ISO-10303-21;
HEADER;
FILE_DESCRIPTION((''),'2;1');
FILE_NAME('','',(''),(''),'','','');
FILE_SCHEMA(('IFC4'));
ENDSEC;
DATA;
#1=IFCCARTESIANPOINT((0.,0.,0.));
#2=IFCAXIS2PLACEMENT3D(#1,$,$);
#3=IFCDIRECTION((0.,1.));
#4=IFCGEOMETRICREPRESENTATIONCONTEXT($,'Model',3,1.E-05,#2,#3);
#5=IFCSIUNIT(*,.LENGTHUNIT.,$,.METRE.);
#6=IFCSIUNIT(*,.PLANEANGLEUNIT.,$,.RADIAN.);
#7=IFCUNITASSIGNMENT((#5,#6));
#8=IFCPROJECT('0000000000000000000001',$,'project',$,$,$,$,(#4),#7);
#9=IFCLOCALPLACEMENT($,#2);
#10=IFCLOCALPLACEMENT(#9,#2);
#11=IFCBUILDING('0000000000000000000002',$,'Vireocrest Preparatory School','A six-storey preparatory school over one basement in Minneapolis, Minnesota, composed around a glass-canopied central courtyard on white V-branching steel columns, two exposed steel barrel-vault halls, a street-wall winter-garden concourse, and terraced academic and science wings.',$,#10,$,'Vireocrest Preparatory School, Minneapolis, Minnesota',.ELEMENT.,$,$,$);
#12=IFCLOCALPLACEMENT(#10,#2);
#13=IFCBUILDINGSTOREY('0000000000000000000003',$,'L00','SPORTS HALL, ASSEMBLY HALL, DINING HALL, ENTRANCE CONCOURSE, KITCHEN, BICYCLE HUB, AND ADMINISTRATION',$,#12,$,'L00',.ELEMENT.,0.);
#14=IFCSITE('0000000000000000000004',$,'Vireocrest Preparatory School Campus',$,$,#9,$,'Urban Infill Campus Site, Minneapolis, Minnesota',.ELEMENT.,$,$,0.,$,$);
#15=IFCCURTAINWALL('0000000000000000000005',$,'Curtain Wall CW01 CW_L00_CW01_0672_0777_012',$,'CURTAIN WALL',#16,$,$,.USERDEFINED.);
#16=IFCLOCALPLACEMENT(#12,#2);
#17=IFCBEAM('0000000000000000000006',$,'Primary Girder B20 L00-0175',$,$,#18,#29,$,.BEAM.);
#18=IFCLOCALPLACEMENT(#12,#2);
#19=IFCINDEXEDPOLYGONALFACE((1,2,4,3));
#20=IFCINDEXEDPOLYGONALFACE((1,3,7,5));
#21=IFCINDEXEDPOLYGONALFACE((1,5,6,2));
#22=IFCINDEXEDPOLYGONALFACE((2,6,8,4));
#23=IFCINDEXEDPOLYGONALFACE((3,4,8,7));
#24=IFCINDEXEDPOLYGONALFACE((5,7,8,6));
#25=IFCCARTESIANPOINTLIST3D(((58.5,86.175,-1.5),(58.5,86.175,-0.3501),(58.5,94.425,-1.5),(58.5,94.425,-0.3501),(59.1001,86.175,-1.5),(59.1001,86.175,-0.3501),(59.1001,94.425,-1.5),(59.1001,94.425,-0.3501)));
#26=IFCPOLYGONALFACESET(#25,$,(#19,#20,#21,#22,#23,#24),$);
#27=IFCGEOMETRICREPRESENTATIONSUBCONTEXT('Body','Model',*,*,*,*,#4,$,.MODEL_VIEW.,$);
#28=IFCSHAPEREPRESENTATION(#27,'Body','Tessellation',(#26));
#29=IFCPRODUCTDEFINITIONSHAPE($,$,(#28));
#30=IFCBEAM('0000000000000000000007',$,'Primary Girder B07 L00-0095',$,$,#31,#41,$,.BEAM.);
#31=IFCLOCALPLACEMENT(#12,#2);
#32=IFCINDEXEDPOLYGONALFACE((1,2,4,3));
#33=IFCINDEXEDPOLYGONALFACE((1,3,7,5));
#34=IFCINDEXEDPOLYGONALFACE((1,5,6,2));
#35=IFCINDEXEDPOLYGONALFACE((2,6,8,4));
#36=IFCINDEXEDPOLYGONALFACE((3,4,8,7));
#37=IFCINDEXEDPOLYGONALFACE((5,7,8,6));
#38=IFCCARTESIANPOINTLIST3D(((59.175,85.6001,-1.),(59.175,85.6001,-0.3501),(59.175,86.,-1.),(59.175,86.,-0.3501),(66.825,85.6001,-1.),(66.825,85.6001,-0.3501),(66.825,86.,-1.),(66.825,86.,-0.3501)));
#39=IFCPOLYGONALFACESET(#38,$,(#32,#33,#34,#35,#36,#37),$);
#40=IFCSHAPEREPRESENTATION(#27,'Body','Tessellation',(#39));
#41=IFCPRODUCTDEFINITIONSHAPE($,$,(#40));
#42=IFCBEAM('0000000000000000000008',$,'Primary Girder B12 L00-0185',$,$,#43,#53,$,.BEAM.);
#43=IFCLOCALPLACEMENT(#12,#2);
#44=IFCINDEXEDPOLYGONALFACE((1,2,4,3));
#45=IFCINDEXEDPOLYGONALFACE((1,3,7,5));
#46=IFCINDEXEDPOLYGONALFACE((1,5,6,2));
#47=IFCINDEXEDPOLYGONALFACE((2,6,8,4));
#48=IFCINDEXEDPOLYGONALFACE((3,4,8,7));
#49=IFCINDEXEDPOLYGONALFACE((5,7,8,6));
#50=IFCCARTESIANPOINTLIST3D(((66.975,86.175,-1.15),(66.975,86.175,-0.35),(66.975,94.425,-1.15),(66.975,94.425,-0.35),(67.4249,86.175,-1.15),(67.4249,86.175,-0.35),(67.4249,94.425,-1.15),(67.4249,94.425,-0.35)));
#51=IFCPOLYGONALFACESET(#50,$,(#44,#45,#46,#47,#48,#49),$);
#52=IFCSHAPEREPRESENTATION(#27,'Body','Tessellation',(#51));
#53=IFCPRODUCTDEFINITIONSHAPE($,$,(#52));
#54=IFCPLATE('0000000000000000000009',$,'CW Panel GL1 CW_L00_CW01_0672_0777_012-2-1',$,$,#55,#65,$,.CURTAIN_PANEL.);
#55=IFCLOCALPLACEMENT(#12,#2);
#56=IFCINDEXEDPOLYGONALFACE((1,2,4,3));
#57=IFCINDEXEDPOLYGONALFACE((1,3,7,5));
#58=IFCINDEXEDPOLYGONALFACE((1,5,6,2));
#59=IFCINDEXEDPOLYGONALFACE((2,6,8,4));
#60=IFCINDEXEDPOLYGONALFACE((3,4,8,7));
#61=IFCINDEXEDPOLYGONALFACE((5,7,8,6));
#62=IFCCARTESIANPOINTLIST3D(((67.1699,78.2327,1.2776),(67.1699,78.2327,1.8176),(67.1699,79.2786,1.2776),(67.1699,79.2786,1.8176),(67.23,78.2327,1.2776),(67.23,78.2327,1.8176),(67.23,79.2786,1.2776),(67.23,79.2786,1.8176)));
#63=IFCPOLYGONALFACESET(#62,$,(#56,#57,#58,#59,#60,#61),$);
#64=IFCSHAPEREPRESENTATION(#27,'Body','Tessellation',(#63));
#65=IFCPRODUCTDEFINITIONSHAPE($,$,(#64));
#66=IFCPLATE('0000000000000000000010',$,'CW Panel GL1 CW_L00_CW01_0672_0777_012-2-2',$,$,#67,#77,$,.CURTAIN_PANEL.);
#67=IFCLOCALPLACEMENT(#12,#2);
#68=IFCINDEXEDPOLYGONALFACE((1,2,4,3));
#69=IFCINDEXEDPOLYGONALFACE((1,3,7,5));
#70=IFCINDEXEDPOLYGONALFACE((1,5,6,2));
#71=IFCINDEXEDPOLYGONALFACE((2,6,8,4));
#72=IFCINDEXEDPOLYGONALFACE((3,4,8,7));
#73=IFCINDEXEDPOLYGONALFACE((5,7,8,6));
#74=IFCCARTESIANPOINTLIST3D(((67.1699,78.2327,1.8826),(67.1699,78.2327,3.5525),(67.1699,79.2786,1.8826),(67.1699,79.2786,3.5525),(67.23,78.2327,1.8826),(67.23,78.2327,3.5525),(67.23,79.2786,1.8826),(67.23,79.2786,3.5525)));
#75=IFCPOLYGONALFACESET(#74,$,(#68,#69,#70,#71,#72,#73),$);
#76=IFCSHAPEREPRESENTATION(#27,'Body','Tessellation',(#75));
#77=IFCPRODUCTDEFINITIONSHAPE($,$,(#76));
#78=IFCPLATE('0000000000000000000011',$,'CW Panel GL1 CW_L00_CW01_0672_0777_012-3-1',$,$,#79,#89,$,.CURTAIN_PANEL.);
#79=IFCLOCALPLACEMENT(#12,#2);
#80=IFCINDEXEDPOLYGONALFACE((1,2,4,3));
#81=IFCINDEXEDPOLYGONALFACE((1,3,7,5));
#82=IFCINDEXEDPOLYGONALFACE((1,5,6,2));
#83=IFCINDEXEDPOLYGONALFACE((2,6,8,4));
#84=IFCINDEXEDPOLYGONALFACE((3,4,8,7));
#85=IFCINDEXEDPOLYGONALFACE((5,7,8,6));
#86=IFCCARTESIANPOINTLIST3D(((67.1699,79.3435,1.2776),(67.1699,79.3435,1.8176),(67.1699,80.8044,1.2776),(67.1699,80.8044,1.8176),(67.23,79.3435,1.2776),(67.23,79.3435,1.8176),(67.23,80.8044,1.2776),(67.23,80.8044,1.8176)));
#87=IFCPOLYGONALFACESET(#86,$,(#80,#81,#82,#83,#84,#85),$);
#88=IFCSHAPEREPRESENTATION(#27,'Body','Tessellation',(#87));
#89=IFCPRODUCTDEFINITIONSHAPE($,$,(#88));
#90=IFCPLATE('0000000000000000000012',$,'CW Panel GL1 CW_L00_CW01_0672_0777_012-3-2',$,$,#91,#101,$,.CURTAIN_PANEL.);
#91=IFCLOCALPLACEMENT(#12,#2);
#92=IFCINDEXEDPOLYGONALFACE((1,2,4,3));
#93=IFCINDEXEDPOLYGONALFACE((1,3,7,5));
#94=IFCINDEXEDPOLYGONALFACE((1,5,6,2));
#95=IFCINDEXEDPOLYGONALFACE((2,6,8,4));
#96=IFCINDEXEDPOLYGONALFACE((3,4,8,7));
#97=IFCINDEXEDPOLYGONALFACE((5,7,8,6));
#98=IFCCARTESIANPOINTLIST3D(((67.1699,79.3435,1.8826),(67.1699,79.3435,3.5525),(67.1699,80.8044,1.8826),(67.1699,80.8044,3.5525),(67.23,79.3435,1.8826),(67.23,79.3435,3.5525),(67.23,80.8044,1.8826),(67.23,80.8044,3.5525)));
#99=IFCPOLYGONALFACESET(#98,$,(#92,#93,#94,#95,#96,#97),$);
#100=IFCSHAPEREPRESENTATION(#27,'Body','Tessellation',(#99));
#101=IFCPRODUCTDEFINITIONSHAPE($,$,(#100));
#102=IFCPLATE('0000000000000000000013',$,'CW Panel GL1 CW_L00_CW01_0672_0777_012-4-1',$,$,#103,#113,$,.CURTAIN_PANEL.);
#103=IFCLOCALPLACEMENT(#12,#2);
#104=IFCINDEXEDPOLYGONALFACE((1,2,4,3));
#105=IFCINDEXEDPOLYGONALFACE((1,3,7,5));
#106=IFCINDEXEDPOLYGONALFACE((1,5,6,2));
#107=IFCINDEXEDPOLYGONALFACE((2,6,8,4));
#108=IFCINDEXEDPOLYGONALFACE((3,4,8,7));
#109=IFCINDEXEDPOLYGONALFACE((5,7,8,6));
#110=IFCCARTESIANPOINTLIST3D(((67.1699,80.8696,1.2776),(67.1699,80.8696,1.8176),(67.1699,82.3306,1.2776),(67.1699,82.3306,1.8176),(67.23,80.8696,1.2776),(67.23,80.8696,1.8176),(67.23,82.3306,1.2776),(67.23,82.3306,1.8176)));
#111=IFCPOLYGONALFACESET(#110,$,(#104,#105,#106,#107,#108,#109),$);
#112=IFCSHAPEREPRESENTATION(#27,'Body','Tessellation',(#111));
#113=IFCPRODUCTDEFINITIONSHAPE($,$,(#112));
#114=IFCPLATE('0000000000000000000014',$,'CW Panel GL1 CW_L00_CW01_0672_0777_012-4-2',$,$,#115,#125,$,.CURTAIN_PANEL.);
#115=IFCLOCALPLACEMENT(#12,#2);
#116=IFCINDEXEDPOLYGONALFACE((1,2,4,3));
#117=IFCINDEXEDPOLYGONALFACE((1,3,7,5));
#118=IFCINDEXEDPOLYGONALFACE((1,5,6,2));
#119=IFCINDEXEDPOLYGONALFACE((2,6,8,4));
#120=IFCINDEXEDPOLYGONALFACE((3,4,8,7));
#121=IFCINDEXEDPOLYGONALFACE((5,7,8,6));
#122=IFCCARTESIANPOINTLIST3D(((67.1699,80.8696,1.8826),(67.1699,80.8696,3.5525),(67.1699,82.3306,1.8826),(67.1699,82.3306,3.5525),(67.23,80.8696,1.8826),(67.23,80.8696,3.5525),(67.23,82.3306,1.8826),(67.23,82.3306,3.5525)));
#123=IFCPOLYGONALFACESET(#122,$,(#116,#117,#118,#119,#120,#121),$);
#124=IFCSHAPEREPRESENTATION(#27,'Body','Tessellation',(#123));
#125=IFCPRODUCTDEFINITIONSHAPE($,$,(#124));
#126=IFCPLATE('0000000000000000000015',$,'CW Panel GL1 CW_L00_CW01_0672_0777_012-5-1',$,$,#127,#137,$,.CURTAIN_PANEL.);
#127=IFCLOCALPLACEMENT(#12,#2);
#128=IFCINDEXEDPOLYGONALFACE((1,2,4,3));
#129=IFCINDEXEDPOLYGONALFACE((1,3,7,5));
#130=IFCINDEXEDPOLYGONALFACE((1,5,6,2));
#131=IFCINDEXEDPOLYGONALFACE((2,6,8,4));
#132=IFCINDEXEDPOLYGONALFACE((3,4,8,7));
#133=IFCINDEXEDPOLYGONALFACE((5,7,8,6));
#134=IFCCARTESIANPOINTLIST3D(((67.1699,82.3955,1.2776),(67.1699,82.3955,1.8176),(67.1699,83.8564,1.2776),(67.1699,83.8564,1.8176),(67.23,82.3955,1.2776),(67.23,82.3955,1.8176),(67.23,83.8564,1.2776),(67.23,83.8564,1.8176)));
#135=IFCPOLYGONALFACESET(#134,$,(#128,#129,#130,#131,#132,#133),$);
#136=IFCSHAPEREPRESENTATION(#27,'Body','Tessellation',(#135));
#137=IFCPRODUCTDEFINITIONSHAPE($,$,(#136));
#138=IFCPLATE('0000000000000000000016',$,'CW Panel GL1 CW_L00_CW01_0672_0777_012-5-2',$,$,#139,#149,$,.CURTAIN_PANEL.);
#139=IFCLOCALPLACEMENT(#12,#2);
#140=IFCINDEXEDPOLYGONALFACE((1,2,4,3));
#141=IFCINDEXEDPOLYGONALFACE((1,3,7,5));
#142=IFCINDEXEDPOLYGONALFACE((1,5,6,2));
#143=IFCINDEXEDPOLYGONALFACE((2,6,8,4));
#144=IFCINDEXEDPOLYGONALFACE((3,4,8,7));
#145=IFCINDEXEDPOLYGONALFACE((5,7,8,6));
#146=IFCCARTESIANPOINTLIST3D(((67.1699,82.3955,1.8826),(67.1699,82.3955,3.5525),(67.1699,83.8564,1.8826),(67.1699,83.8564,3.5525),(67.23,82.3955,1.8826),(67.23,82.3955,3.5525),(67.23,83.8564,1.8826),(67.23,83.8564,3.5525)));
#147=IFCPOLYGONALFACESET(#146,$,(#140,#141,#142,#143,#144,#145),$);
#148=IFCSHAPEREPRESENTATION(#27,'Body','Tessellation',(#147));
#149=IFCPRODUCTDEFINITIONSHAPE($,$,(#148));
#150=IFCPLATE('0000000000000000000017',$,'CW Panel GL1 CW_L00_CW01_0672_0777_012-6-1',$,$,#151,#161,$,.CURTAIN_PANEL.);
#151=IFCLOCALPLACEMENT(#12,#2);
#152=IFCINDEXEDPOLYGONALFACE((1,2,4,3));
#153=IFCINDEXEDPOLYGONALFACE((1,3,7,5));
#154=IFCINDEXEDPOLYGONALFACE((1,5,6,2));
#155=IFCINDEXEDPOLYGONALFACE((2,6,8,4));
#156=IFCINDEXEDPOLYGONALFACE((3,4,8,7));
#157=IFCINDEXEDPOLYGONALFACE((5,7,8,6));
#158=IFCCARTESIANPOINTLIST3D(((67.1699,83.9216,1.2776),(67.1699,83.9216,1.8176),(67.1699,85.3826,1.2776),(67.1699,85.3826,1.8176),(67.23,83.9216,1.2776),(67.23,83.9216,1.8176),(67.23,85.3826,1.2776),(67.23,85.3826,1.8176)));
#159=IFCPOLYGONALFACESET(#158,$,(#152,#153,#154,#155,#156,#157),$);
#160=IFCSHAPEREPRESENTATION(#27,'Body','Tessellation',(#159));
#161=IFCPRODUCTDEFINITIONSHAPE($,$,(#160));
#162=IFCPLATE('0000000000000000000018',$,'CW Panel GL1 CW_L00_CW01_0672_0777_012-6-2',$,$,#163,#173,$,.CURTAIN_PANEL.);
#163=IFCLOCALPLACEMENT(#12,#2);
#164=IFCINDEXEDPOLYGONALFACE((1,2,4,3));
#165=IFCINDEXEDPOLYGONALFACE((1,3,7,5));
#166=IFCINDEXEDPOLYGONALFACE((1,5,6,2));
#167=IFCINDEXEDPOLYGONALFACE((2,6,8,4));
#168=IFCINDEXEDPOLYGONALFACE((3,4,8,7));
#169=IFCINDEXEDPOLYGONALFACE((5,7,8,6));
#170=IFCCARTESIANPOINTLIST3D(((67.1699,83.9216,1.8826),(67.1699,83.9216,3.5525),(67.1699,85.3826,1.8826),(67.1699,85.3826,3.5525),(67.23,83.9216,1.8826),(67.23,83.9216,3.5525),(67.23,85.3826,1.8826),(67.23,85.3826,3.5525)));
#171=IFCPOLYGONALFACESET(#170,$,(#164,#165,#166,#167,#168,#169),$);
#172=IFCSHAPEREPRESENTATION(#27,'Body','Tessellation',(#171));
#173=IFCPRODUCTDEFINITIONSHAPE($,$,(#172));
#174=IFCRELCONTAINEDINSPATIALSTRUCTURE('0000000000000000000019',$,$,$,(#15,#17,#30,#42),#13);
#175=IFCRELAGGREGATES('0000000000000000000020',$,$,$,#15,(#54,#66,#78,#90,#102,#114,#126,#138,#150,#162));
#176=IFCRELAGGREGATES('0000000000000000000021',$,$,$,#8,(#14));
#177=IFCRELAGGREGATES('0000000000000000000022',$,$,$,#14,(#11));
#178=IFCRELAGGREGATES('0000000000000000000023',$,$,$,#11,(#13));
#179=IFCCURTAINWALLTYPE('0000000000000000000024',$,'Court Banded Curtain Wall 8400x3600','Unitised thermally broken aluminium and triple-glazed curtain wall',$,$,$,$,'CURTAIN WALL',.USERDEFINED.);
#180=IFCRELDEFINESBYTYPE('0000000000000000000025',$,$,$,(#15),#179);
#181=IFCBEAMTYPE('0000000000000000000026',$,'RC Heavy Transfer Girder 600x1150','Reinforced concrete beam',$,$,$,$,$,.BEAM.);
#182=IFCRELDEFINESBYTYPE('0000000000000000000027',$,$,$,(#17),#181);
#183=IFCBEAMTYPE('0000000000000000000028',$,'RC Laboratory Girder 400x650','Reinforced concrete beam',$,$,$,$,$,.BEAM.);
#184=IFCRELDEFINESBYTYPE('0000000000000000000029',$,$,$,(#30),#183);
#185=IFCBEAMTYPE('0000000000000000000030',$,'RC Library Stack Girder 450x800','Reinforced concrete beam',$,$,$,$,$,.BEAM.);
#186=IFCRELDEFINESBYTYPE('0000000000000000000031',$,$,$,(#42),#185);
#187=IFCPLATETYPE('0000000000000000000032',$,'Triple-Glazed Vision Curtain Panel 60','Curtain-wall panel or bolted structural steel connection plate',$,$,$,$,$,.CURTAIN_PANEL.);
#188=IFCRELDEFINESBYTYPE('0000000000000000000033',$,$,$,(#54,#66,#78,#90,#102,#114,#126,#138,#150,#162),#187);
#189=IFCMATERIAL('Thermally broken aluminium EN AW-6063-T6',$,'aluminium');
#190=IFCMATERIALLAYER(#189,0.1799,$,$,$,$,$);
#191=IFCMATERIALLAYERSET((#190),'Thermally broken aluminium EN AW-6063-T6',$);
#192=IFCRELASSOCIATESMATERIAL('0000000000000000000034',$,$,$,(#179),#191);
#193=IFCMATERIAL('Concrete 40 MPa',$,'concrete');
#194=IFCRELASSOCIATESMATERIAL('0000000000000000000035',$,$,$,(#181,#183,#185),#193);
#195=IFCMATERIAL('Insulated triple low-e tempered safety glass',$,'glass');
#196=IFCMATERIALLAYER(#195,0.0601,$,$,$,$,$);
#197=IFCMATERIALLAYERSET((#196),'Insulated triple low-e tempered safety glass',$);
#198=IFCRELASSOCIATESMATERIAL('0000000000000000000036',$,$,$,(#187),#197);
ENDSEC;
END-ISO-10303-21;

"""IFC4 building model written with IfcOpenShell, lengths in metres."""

from ifc_helpers import new_model, si_unit, direction, frame, origin, origin_2d, place, context, subcontext, project, spatial, rectangle, extrude, material, layer, layer_set, material_profile, profile_set, type_object, element, aggregate, save


model = new_model("IFC4")

# Units and contexts
model_context = context("Model", 3, precision=1e-05, world=origin(), true_north=direction((0.0, 1.0)))
body_context = subcontext(model_context, "Body", "Model", "MODEL_VIEW")
ifc_project = project(units=[si_unit("LENGTHUNIT", "METRE"), si_unit("PLANEANGLEUNIT", "RADIAN")], contexts=[model_context])

# Site, building, storey
site_placement = place(None, origin())
site = spatial("IfcSite", under=ifc_project, at=site_placement, Name="Vireocrest Preparatory School Campus", LongName="Urban Infill Campus Site, Minneapolis, Minnesota", CompositionType="ELEMENT", RefElevation=0.0)
building_placement = place(site_placement, origin())
building = spatial("IfcBuilding", under=site, at=building_placement, Name="Vireocrest Preparatory School", Description="A six-storey preparatory school over one basement in Minneapolis, Minnesota, composed around a glass-canopied central courtyard on white V-branching steel columns, two exposed steel barrel-vault halls, a street-wall winter-garden concourse, and terraced academic and science wings.", LongName="Vireocrest Preparatory School, Minneapolis, Minnesota", CompositionType="ELEMENT")
storey_placement = place(building_placement, origin())
storey = spatial("IfcBuildingStorey", under=building, at=storey_placement, Name="L00", Description="SPORTS HALL, ASSEMBLY HALL, DINING HALL, ENTRANCE CONCOURSE, KITCHEN, BICYCLE HUB, AND ADMINISTRATION", LongName="L00", CompositionType="ELEMENT", Elevation=0.0)

# Curtain wall
ifc_material_1 = material(Name="Thermally broken aluminium EN AW-6063-T6", Category="aluminium")
ifc_layer_1 = layer(ifc_material_1, 0.1799)
ifc_layer_set_1 = layer_set([ifc_layer_1], Name="Thermally broken aluminium EN AW-6063-T6")
curtain_wall_type = type_object("IfcCurtainWallType", Name="Court Banded Curtain Wall 8400x3600", Description="Unitised thermally broken aluminium and triple-glazed curtain wall", ElementType="CURTAIN WALL", PredefinedType="USERDEFINED", material=ifc_layer_set_1)
curtain_wall_placement = place(storey_placement, origin())
curtain_wall = element("IfcCurtainWall", 1, at=curtain_wall_placement, inside=storey, type_object=curtain_wall_type, Name="Curtain Wall CW01 CW_L00_CW01_0672_0777_012", ObjectType="CURTAIN WALL", PredefinedType="USERDEFINED")

# Beams
ifc_material_2 = material(Name="Concrete 40 MPa", Category="concrete")
ifc_material_profile_1 = material_profile(ifc_material_2, rectangle(XDim=0.6001, YDim=1.1499, at=origin_2d()), Name="RC 600x1150")
ifc_profile_set_1 = profile_set([ifc_material_profile_1], Name="Concrete 40 MPa")
beam_type_1 = type_object("IfcBeamType", Name="RC Heavy Transfer Girder 600x1150", Description="Reinforced concrete beam", PredefinedType="BEAM", material=ifc_profile_set_1)
beam_1_placement = place(storey_placement, frame((58.8, 86.175, -0.925), z_axis=(0.0, 1.0, 0.0), x_axis=(-1.0, 0.0, 0.0)))
element("IfcBeam", 2, at=beam_1_placement, inside=storey, type_object=beam_type_1, Name="Primary Girder B20 L00-0175", PredefinedType="BEAM", context=body_context, shape_type="SweptSolid", body=[
    extrude(rectangle(XDim=0.6001, YDim=1.1499, at=origin_2d()), origin(), (0.0, 0.0, 1.0), 8.25),
])
ifc_material_profile_2 = material_profile(ifc_material_2, rectangle(XDim=0.3999, YDim=0.6499, at=origin_2d()), Name="RC 400x650")
ifc_profile_set_2 = profile_set([ifc_material_profile_2], Name="Concrete 40 MPa")
beam_type_2 = type_object("IfcBeamType", Name="RC Laboratory Girder 400x650", Description="Reinforced concrete beam", PredefinedType="BEAM", material=ifc_profile_set_2)
beam_2_placement = place(storey_placement, frame((59.175, 85.8, -0.675), z_axis=(1.0, 0.0, 0.0), x_axis=(0.0, 1.0, 0.0)))
element("IfcBeam", 3, at=beam_2_placement, inside=storey, type_object=beam_type_2, Name="Primary Girder B07 L00-0095", PredefinedType="BEAM", context=body_context, shape_type="SweptSolid", body=[
    extrude(rectangle(XDim=0.3999, YDim=0.6499, at=origin_2d()), origin(), (0.0, 0.0, 1.0), 7.6499),
])
ifc_material_profile_3 = material_profile(ifc_material_2, rectangle(XDim=0.45, YDim=0.8, at=origin_2d()), Name="RC 450x800")
ifc_profile_set_3 = profile_set([ifc_material_profile_3], Name="Concrete 40 MPa")
beam_type_3 = type_object("IfcBeamType", Name="RC Library Stack Girder 450x800", Description="Reinforced concrete beam", PredefinedType="BEAM", material=ifc_profile_set_3)
beam_3_placement = place(storey_placement, frame((67.2, 86.175, -0.75), z_axis=(0.0, 1.0, 0.0), x_axis=(-1.0, 0.0, 0.0)))
element("IfcBeam", 4, at=beam_3_placement, inside=storey, type_object=beam_type_3, Name="Primary Girder B12 L00-0185", PredefinedType="BEAM", context=body_context, shape_type="SweptSolid", body=[
    extrude(rectangle(XDim=0.45, YDim=0.8, at=origin_2d()), origin(), (0.0, 0.0, 1.0), 8.25),
])

# Plates
ifc_material_3 = material(Name="Insulated triple low-e tempered safety glass", Category="glass")
ifc_layer_2 = layer(ifc_material_3, 0.0601)
ifc_layer_set_2 = layer_set([ifc_layer_2], Name="Insulated triple low-e tempered safety glass")
plate_type = type_object("IfcPlateType", Name="Triple-Glazed Vision Curtain Panel 60", Description="Curtain-wall panel or bolted structural steel connection plate", PredefinedType="CURTAIN_PANEL", material=ifc_layer_set_2)
plate_1_placement = place(storey_placement, frame((67.2, 78.7556, 1.2776), z_axis=(0.0, 0.0, 1.0), x_axis=(0.0, 1.0, 0.0)))
plate_1 = element("IfcPlate", 5, at=plate_1_placement, type_object=plate_type, Name="CW Panel GL1 CW_L00_CW01_0672_0777_012-2-1", PredefinedType="CURTAIN_PANEL", context=body_context, shape_type="SweptSolid", body=[
    extrude(rectangle(XDim=1.0459, YDim=0.0601, at=origin_2d()), origin(), (0.0, 0.0, 1.0), 0.54),
])
plate_2_placement = place(storey_placement, frame((67.2, 78.7556, 1.8826), z_axis=(0.0, 0.0, 1.0), x_axis=(0.0, 1.0, 0.0)))
plate_2 = element("IfcPlate", 6, at=plate_2_placement, type_object=plate_type, Name="CW Panel GL1 CW_L00_CW01_0672_0777_012-2-2", PredefinedType="CURTAIN_PANEL", context=body_context, shape_type="SweptSolid", body=[
    extrude(rectangle(XDim=1.0459, YDim=0.0601, at=origin_2d()), origin(), (0.0, 0.0, 1.0), 1.6699),
])
plate_3_placement = place(storey_placement, frame((67.2, 80.074, 1.2776), z_axis=(0.0, 0.0, 1.0), x_axis=(0.0, 1.0, 0.0)))
plate_3 = element("IfcPlate", 7, at=plate_3_placement, type_object=plate_type, Name="CW Panel GL1 CW_L00_CW01_0672_0777_012-3-1", PredefinedType="CURTAIN_PANEL", context=body_context, shape_type="SweptSolid", body=[
    extrude(rectangle(XDim=1.4609, YDim=0.0601, at=origin_2d()), origin(), (0.0, 0.0, 1.0), 0.54),
])
plate_4_placement = place(storey_placement, frame((67.2, 80.074, 1.8826), z_axis=(0.0, 0.0, 1.0), x_axis=(0.0, 1.0, 0.0)))
plate_4 = element("IfcPlate", 8, at=plate_4_placement, type_object=plate_type, Name="CW Panel GL1 CW_L00_CW01_0672_0777_012-3-2", PredefinedType="CURTAIN_PANEL", context=body_context, shape_type="SweptSolid", body=[
    extrude(rectangle(XDim=1.4609, YDim=0.0601, at=origin_2d()), origin(), (0.0, 0.0, 1.0), 1.6699),
])
plate_5_placement = place(storey_placement, frame((67.2, 81.6001, 1.2776), z_axis=(0.0, 0.0, 1.0), x_axis=(0.0, 1.0, 0.0)))
plate_5 = element("IfcPlate", 9, at=plate_5_placement, type_object=plate_type, Name="CW Panel GL1 CW_L00_CW01_0672_0777_012-4-1", PredefinedType="CURTAIN_PANEL", context=body_context, shape_type="SweptSolid", body=[
    extrude(rectangle(XDim=1.4609, YDim=0.0601, at=origin_2d()), origin(), (0.0, 0.0, 1.0), 0.54),
])
plate_6_placement = place(storey_placement, frame((67.2, 81.6001, 1.8826), z_axis=(0.0, 0.0, 1.0), x_axis=(0.0, 1.0, 0.0)))
plate_6 = element("IfcPlate", 10, at=plate_6_placement, type_object=plate_type, Name="CW Panel GL1 CW_L00_CW01_0672_0777_012-4-2", PredefinedType="CURTAIN_PANEL", context=body_context, shape_type="SweptSolid", body=[
    extrude(rectangle(XDim=1.4609, YDim=0.0601, at=origin_2d()), origin(), (0.0, 0.0, 1.0), 1.6699),
])
plate_7_placement = place(storey_placement, frame((67.2, 83.126, 1.2776), z_axis=(0.0, 0.0, 1.0), x_axis=(0.0, 1.0, 0.0)))
plate_7 = element("IfcPlate", 11, at=plate_7_placement, type_object=plate_type, Name="CW Panel GL1 CW_L00_CW01_0672_0777_012-5-1", PredefinedType="CURTAIN_PANEL", context=body_context, shape_type="SweptSolid", body=[
    extrude(rectangle(XDim=1.4609, YDim=0.0601, at=origin_2d()), origin(), (0.0, 0.0, 1.0), 0.54),
])
plate_8_placement = place(storey_placement, frame((67.2, 83.126, 1.8826), z_axis=(0.0, 0.0, 1.0), x_axis=(0.0, 1.0, 0.0)))
plate_8 = element("IfcPlate", 12, at=plate_8_placement, type_object=plate_type, Name="CW Panel GL1 CW_L00_CW01_0672_0777_012-5-2", PredefinedType="CURTAIN_PANEL", context=body_context, shape_type="SweptSolid", body=[
    extrude(rectangle(XDim=1.4609, YDim=0.0601, at=origin_2d()), origin(), (0.0, 0.0, 1.0), 1.6699),
])
plate_9_placement = place(storey_placement, frame((67.2, 84.6521, 1.2776), z_axis=(0.0, 0.0, 1.0), x_axis=(0.0, 1.0, 0.0)))
plate_9 = element("IfcPlate", 13, at=plate_9_placement, type_object=plate_type, Name="CW Panel GL1 CW_L00_CW01_0672_0777_012-6-1", PredefinedType="CURTAIN_PANEL", context=body_context, shape_type="SweptSolid", body=[
    extrude(rectangle(XDim=1.4609, YDim=0.0601, at=origin_2d()), origin(), (0.0, 0.0, 1.0), 0.54),
])
plate_10_placement = place(storey_placement, frame((67.2, 84.6521, 1.8826), z_axis=(0.0, 0.0, 1.0), x_axis=(0.0, 1.0, 0.0)))
plate_10 = element("IfcPlate", 14, at=plate_10_placement, type_object=plate_type, Name="CW Panel GL1 CW_L00_CW01_0672_0777_012-6-2", PredefinedType="CURTAIN_PANEL", context=body_context, shape_type="SweptSolid", body=[
    extrude(rectangle(XDim=1.4609, YDim=0.0601, at=origin_2d()), origin(), (0.0, 0.0, 1.0), 1.6699),
])
aggregate(curtain_wall, [plate_1, plate_2, plate_3, plate_4, plate_5, plate_6, plate_7, plate_8, plate_9, plate_10])

save(model, "model.ifc")
